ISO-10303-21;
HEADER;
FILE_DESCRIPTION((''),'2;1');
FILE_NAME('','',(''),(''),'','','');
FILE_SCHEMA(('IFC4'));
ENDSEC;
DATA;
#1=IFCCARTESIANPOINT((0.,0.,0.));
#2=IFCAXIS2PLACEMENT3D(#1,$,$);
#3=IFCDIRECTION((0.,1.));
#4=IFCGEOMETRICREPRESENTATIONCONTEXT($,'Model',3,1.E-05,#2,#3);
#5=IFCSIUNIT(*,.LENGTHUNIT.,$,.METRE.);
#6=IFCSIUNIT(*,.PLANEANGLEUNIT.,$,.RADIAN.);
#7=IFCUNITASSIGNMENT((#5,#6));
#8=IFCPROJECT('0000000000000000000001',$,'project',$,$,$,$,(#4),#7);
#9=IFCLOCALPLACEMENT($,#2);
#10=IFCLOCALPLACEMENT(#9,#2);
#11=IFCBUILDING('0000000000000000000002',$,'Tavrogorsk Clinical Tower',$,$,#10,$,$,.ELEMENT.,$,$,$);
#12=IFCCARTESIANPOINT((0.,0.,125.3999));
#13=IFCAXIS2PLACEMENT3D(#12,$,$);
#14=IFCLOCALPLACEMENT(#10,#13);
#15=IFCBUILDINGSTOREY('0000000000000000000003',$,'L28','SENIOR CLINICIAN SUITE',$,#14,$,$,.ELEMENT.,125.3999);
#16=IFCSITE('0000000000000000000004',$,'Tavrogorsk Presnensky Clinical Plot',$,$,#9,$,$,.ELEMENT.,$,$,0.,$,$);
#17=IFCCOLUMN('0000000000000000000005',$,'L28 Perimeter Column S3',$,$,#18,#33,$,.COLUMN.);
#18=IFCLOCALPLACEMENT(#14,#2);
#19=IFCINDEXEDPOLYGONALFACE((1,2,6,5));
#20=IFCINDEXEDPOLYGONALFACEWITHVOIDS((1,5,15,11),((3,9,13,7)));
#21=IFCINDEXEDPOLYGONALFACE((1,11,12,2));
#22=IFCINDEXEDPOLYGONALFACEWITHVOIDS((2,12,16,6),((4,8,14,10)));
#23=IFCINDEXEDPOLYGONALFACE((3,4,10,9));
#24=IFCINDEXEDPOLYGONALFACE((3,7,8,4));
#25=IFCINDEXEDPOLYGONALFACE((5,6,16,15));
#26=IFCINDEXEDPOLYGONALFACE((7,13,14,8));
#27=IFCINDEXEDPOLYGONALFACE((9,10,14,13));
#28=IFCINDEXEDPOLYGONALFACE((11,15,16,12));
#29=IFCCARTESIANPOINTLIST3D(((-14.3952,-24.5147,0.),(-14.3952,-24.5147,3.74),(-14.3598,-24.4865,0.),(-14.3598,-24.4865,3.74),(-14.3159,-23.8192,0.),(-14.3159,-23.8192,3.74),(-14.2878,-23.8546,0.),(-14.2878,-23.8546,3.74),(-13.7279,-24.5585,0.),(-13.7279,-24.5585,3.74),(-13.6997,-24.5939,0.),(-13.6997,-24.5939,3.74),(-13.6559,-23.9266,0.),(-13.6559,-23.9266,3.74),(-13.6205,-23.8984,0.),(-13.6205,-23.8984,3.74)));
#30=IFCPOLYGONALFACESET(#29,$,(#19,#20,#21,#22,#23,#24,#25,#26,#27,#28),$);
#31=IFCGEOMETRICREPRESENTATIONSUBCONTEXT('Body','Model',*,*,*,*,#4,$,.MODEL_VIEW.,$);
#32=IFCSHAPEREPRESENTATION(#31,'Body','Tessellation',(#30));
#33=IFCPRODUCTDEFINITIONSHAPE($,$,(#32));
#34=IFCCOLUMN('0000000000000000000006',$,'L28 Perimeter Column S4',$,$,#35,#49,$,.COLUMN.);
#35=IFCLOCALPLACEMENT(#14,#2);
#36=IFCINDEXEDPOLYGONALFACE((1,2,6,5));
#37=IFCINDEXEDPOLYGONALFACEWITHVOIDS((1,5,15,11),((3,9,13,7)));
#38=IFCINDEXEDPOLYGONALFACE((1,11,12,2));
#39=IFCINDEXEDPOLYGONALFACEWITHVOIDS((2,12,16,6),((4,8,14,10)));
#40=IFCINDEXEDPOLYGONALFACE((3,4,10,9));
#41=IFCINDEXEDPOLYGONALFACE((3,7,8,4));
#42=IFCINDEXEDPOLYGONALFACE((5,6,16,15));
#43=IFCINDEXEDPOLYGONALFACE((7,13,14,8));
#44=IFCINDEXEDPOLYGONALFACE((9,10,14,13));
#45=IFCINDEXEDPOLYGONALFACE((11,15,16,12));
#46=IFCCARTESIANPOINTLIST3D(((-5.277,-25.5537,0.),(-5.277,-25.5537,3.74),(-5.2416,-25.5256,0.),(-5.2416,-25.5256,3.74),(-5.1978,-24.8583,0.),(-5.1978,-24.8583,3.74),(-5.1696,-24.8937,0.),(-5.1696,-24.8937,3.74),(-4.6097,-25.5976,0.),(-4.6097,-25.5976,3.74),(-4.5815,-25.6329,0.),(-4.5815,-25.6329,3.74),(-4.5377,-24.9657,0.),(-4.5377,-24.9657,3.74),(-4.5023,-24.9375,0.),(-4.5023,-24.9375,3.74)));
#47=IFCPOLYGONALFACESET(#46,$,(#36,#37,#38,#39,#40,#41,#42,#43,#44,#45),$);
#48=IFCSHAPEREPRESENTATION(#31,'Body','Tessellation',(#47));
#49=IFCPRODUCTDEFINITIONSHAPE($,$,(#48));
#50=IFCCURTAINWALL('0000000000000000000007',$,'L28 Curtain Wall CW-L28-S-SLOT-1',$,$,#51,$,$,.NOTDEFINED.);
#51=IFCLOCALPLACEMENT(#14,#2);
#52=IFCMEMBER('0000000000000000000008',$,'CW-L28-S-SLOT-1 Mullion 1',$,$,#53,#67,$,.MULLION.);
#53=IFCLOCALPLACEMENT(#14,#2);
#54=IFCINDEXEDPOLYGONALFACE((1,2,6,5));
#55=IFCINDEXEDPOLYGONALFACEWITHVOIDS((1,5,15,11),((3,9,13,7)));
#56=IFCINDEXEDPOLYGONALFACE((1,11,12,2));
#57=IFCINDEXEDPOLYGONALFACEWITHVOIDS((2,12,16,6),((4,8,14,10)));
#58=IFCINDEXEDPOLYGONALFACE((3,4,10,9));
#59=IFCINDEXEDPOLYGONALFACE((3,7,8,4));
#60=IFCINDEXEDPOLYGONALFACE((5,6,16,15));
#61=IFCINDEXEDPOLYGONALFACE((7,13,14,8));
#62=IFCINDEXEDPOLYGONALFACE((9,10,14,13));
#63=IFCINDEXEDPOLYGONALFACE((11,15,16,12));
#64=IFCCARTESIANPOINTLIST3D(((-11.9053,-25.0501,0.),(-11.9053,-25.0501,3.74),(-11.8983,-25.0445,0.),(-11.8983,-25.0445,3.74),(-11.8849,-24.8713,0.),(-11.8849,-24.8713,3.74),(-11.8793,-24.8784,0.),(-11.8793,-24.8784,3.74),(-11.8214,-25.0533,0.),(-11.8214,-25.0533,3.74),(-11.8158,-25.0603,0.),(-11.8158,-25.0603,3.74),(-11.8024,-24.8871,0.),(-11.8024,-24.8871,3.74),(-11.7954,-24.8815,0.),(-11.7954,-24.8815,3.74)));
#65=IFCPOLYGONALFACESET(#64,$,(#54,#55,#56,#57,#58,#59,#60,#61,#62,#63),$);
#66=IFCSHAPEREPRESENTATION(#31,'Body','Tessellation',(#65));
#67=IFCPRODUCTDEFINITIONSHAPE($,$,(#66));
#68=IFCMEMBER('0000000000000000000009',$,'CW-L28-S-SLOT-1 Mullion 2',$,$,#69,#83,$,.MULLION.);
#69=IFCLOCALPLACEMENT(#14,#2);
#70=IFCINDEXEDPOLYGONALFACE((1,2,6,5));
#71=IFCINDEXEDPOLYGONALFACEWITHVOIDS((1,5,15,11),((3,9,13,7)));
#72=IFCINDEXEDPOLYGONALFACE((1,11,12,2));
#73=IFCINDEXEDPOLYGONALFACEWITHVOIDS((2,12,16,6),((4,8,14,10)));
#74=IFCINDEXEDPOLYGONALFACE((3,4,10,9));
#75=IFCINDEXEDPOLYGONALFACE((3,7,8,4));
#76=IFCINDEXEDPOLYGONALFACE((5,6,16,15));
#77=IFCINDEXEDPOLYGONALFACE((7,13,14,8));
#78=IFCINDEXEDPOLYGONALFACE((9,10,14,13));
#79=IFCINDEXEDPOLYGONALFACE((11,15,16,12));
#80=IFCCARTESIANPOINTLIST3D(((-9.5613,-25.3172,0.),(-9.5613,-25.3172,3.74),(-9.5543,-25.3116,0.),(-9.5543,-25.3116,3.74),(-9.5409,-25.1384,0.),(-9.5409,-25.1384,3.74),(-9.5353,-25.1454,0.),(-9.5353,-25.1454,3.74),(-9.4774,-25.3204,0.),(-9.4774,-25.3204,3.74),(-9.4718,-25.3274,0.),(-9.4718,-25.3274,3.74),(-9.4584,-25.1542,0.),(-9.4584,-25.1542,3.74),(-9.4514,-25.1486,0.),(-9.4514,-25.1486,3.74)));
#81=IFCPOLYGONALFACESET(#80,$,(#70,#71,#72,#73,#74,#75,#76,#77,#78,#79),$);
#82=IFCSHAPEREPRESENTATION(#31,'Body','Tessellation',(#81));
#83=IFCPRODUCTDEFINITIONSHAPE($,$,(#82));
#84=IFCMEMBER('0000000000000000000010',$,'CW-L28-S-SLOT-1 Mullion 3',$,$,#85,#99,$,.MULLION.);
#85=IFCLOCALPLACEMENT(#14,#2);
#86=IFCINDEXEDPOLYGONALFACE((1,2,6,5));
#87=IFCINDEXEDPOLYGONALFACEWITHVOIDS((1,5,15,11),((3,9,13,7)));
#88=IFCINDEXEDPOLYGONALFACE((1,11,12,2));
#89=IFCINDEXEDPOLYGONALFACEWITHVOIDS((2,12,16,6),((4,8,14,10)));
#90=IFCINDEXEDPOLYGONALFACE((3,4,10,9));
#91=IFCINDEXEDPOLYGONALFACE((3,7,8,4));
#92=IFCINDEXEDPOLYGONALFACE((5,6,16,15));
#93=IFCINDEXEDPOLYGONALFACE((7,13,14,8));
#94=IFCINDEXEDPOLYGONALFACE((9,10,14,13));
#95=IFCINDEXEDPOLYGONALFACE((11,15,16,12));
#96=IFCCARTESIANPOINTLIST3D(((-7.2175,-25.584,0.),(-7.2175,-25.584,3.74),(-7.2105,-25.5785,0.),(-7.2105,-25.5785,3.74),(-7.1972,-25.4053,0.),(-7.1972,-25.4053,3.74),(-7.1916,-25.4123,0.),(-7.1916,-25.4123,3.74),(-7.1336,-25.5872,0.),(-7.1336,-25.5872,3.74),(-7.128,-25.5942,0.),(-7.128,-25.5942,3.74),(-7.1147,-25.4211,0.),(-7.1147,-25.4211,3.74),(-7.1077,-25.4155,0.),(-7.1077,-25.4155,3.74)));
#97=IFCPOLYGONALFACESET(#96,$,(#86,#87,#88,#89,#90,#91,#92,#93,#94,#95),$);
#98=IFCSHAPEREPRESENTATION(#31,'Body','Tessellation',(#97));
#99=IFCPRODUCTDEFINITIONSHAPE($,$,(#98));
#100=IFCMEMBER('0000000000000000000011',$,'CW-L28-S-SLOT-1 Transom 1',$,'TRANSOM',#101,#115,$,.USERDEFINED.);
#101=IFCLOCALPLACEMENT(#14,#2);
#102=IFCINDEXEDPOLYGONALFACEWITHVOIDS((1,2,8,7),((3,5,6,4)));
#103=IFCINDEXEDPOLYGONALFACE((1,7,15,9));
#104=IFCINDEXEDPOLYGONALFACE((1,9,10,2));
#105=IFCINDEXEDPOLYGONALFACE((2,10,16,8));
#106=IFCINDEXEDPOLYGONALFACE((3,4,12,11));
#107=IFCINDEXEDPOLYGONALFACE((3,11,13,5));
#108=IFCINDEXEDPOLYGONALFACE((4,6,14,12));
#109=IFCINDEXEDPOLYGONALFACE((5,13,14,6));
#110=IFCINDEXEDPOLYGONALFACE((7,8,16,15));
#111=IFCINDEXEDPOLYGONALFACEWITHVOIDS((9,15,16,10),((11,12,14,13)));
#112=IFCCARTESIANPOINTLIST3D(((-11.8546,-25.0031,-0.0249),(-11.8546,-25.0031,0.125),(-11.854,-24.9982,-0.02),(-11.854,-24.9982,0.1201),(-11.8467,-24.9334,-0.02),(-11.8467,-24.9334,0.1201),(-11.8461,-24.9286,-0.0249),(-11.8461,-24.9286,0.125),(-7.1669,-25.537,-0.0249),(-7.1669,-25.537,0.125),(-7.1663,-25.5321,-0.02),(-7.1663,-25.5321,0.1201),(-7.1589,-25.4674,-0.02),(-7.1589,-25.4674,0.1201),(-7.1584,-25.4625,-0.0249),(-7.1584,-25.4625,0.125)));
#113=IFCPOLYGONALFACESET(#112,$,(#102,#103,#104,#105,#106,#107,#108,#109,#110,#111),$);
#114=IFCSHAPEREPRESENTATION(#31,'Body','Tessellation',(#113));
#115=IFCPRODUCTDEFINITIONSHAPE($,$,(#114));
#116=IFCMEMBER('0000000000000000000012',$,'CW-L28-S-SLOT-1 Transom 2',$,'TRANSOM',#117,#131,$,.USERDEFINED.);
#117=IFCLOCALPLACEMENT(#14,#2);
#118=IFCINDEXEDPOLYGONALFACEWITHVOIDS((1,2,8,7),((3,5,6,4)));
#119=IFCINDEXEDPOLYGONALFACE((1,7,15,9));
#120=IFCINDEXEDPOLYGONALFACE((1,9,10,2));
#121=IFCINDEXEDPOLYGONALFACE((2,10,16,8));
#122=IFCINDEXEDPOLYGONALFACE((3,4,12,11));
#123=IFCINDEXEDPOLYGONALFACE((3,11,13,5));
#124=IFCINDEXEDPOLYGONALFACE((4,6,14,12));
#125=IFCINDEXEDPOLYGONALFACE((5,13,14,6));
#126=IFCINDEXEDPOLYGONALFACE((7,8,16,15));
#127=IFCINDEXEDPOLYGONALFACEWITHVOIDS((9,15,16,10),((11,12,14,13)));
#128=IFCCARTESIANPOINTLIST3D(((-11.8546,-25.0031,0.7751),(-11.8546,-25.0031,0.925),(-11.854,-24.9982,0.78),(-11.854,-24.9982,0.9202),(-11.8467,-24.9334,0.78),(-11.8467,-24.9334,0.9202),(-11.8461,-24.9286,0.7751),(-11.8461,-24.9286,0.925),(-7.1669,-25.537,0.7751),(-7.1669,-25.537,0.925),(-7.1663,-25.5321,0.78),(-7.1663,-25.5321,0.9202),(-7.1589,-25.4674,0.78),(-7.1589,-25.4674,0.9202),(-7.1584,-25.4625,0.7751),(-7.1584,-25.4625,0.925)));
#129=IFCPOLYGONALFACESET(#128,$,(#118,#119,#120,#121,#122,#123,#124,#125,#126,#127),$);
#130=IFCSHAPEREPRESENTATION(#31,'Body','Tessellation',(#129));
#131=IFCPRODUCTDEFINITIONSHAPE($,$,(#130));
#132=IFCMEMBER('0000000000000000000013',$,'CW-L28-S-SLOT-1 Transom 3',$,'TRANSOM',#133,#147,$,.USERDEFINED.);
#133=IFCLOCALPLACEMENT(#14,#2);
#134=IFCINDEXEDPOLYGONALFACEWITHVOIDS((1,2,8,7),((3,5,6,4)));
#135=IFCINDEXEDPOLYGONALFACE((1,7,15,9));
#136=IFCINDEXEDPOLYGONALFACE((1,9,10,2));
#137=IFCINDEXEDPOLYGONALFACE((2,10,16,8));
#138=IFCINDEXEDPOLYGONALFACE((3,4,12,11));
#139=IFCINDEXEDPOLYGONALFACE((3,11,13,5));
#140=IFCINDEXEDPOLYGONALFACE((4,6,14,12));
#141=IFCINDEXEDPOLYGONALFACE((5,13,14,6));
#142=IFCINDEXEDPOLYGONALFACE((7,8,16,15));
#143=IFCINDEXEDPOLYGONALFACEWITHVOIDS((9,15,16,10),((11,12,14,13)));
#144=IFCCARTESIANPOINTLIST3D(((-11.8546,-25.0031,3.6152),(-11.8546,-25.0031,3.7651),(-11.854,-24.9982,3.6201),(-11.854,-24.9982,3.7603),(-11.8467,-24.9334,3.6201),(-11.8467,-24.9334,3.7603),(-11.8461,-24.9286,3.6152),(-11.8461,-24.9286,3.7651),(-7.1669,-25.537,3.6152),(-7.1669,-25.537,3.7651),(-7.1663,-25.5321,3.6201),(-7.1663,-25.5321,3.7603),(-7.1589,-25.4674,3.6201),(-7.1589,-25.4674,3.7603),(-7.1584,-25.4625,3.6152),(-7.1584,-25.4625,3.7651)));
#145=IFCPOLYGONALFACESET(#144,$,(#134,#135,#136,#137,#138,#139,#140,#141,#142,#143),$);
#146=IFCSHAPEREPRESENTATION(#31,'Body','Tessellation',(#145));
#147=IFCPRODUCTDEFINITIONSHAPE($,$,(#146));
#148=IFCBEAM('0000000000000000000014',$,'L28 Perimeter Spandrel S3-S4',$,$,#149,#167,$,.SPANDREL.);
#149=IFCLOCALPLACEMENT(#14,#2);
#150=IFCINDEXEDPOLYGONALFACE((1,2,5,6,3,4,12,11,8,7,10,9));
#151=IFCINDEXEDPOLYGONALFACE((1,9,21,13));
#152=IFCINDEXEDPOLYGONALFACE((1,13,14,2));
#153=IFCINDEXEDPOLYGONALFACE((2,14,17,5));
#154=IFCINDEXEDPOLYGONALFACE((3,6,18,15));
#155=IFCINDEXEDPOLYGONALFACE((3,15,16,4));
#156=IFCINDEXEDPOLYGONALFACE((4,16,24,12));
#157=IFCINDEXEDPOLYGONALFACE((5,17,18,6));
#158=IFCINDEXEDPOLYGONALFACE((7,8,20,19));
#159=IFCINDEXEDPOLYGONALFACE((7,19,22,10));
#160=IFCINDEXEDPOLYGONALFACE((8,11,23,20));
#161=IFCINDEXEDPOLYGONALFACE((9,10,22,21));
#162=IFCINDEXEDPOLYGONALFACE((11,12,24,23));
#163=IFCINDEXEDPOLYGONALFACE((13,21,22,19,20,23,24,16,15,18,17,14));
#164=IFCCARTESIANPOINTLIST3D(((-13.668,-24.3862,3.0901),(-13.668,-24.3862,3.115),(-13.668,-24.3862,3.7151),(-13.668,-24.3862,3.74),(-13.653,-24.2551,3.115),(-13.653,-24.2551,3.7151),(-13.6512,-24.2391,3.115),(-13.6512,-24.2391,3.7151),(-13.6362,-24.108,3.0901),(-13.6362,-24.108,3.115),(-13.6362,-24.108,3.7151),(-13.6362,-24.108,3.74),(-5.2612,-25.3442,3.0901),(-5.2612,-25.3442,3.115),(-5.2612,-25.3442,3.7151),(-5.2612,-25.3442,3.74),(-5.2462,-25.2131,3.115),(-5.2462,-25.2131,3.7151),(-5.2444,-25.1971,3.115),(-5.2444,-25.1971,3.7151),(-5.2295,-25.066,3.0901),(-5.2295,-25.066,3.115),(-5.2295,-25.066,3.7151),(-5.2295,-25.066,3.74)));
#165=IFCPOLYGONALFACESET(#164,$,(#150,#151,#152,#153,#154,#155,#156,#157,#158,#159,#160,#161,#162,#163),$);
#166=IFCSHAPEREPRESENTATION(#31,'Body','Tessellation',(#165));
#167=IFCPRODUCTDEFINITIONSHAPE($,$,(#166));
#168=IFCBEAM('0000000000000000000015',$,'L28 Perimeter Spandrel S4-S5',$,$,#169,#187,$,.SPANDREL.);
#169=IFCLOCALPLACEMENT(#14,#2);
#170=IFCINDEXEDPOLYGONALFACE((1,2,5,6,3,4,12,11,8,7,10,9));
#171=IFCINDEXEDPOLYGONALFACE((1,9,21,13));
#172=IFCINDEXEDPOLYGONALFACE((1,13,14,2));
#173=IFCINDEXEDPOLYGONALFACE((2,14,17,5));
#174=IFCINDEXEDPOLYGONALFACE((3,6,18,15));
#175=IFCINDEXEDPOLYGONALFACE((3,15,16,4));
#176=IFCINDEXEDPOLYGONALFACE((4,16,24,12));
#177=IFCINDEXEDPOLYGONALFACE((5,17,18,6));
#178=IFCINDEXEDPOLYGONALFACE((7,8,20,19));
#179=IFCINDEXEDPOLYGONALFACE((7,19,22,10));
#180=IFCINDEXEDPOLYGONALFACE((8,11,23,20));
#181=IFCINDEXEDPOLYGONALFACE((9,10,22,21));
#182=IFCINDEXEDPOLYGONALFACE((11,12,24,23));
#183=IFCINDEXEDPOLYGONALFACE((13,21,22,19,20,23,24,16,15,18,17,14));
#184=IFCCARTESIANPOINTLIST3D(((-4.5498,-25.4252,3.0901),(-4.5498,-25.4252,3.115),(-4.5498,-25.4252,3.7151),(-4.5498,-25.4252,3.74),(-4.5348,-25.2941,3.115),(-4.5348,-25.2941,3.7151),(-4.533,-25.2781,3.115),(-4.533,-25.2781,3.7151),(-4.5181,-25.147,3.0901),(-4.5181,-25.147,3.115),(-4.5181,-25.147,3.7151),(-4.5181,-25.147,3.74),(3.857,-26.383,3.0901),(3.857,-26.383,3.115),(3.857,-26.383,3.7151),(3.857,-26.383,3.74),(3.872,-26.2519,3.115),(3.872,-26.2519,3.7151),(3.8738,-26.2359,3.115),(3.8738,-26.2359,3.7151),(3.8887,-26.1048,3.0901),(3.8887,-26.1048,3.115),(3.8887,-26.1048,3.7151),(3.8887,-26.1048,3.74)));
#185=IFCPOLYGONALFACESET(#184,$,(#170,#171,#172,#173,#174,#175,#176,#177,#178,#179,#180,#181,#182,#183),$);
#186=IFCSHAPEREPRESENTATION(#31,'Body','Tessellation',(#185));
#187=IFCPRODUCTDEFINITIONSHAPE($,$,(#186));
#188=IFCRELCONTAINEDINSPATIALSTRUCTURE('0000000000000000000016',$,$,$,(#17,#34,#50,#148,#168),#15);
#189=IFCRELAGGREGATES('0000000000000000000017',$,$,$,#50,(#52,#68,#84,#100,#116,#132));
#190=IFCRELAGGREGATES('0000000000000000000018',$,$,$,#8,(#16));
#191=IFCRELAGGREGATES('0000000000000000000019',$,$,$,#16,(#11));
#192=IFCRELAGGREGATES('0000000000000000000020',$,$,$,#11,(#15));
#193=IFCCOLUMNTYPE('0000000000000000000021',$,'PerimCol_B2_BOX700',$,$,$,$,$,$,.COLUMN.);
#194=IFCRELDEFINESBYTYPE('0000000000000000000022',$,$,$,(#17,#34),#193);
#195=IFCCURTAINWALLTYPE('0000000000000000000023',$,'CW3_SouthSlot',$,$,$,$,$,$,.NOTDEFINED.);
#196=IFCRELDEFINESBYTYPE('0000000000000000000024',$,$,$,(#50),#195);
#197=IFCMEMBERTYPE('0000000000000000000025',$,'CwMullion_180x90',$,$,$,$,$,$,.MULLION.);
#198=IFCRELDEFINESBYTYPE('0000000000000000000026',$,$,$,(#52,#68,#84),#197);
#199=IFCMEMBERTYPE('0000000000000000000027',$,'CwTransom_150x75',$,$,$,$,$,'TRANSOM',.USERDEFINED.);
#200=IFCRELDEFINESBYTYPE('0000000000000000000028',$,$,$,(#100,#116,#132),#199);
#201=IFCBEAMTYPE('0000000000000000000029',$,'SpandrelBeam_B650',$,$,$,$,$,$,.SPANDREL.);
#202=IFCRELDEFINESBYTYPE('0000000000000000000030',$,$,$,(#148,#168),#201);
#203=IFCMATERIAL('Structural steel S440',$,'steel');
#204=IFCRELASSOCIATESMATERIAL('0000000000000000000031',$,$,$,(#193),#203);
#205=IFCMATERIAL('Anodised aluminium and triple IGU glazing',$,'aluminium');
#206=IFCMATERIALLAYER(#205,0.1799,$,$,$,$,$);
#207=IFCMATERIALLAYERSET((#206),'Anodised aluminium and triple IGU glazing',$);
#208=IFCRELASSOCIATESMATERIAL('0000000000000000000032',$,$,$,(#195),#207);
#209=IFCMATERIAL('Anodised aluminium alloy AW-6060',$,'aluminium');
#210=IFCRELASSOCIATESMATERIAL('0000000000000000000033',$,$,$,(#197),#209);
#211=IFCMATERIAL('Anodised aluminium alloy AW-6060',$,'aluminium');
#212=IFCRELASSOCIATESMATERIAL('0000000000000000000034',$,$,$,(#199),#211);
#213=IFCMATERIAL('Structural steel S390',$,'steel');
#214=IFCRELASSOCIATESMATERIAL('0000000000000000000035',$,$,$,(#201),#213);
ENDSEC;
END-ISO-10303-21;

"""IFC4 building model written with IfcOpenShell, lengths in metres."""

from ifc_helpers import new_model, si_unit, direction, frame, origin, origin_2d, place, context, subcontext, project, spatial, hollow_rectangle, i_section, extrude, material, layer, layer_set, material_profile, profile_set, type_object, element, aggregate, save


model = new_model("IFC4")

# Units and contexts
model_context = context("Model", 3, precision=1e-05, world=origin(), true_north=direction((0.0, 1.0)))
body_context = subcontext(model_context, "Body", "Model", "MODEL_VIEW")
ifc_project = project(units=[si_unit("LENGTHUNIT", "METRE"), si_unit("PLANEANGLEUNIT", "RADIAN")], contexts=[model_context])

# Site, building, storey
site_placement = place(None, origin())
site = spatial("IfcSite", under=ifc_project, at=site_placement, Name="Tavrogorsk Presnensky Clinical Plot", CompositionType="ELEMENT", RefElevation=0.0)
building_placement = place(site_placement, origin())
building = spatial("IfcBuilding", under=site, at=building_placement, Name="Tavrogorsk Clinical Tower", CompositionType="ELEMENT")
storey_placement = place(building_placement, frame((0.0, 0.0, 125.3999)))
storey = spatial("IfcBuildingStorey", under=building, at=storey_placement, Name="L28", Description="SENIOR CLINICIAN SUITE", CompositionType="ELEMENT", Elevation=125.3999)

# Columns
ifc_material_1 = material(Name="Structural steel S440", Category="steel")
ifc_material_profile_1 = material_profile(ifc_material_1, hollow_rectangle(XDim=0.7, YDim=0.7, WallThickness=0.032, at=origin_2d()), Name="BOX-700x700x32")
ifc_profile_set_1 = profile_set([ifc_material_profile_1], Name="Structural steel S440")
column_type = type_object("IfcColumnType", Name="PerimCol_B2_BOX700", PredefinedType="COLUMN", material=ifc_profile_set_1)
for number, where, z_axis, x_axis, name in (
    (1, (-14.0078, -24.2065, 0.0), (0.0, 0.0, 1.0), (0.993572, -0.113203, 0.0), "L28 Perimeter Column S3"),
    (2, (-4.8896, -25.2456, 0.0), (0.0, 0.0, 1.0), (0.993572, -0.113203, 0.0), "L28 Perimeter Column S4"),
):
    element("IfcColumn", number, at=place(storey_placement, frame(where, z_axis=z_axis, x_axis=x_axis)), inside=storey, type_object=column_type, Name=name, PredefinedType="COLUMN", context=body_context, shape_type="SweptSolid", body=[
        extrude(hollow_rectangle(XDim=0.7, YDim=0.7, WallThickness=0.032, at=origin_2d()), origin(), (0.0, 0.0, 1.0), 3.74),
    ])

# Curtain wall, members
ifc_material_2 = material(Name="Anodised aluminium and triple IGU glazing", Category="aluminium")
ifc_layer_1 = layer(ifc_material_2, 0.1799)
ifc_layer_set_1 = layer_set([ifc_layer_1], Name="Anodised aluminium and triple IGU glazing")
curtain_wall_type = type_object("IfcCurtainWallType", Name="CW3_SouthSlot", PredefinedType="NOTDEFINED", material=ifc_layer_set_1)
curtain_wall_placement = place(storey_placement, origin())
curtain_wall = element("IfcCurtainWall", 3, at=curtain_wall_placement, inside=storey, type_object=curtain_wall_type, Name="L28 Curtain Wall CW-L28-S-SLOT-1", PredefinedType="NOTDEFINED")
ifc_material_3 = material(Name="Anodised aluminium alloy AW-6060", Category="aluminium")
ifc_material_profile_2 = material_profile(ifc_material_3, hollow_rectangle(XDim=0.0901, YDim=0.1799, WallThickness=0.0063, at=origin_2d()), Name="RHS-180x90x6.3")
ifc_profile_set_2 = profile_set([ifc_material_profile_2], Name="Anodised aluminium alloy AW-6060")
member_type_1 = type_object("IfcMemberType", Name="CwMullion_180x90", PredefinedType="MULLION", material=ifc_profile_set_2)
member_1_placement = place(storey_placement, frame((-11.8503, -24.9658, 0.0), z_axis=(0.0, 0.0, 1.0), x_axis=(0.993572, -0.113203, 0.0)))
member_1 = element("IfcMember", 4, at=member_1_placement, type_object=member_type_1, Name="CW-L28-S-SLOT-1 Mullion 1", PredefinedType="MULLION", context=body_context, shape_type="SweptSolid", body=[
    extrude(hollow_rectangle(XDim=0.0901, YDim=0.1799, WallThickness=0.0063, at=origin_2d()), origin(), (0.0, 0.0, 1.0), 3.74),
])
member_2_placement = place(storey_placement, frame((-9.5063, -25.2329, 0.0), z_axis=(0.0, 0.0, 1.0), x_axis=(0.993572, -0.113203, 0.0)))
member_2 = element("IfcMember", 5, at=member_2_placement, type_object=member_type_1, Name="CW-L28-S-SLOT-1 Mullion 2", PredefinedType="MULLION", context=body_context, shape_type="SweptSolid", body=[
    extrude(hollow_rectangle(XDim=0.0901, YDim=0.1799, WallThickness=0.0063, at=origin_2d()), origin(), (0.0, 0.0, 1.0), 3.74),
])
member_3_placement = place(storey_placement, frame((-7.1626, -25.4998, 0.0), z_axis=(0.0, 0.0, 1.0), x_axis=(0.993572, -0.113203, 0.0)))
member_3 = element("IfcMember", 6, at=member_3_placement, type_object=member_type_1, Name="CW-L28-S-SLOT-1 Mullion 3", PredefinedType="MULLION", context=body_context, shape_type="SweptSolid", body=[
    extrude(hollow_rectangle(XDim=0.0901, YDim=0.1799, WallThickness=0.0063, at=origin_2d()), origin(), (0.0, 0.0, 1.0), 3.74),
])
ifc_material_4 = material(Name="Anodised aluminium alloy AW-6060", Category="aluminium")
ifc_material_profile_3 = material_profile(ifc_material_4, hollow_rectangle(XDim=0.075, YDim=0.1499, WallThickness=0.0049, at=origin_2d()), Name="RHS-150x75x5")
ifc_profile_set_3 = profile_set([ifc_material_profile_3], Name="Anodised aluminium alloy AW-6060")
member_type_2 = type_object("IfcMemberType", Name="CwTransom_150x75", ElementType="TRANSOM", PredefinedType="USERDEFINED", material=ifc_profile_set_3)
member_4_placement = place(storey_placement, frame((-11.8503, -24.9658, 0.05), z_axis=(0.993576, -0.113169, 0.0), x_axis=(0.113169, 0.993576, 0.0)))
member_4 = element("IfcMember", 7, at=member_4_placement, type_object=member_type_2, Name="CW-L28-S-SLOT-1 Transom 1", ObjectType="TRANSOM", PredefinedType="USERDEFINED", context=body_context, shape_type="SweptSolid", body=[
    extrude(hollow_rectangle(XDim=0.075, YDim=0.1499, WallThickness=0.0049, at=origin_2d()), origin(), (0.0, 0.0, 1.0), 4.718),
])
member_5_placement = place(storey_placement, frame((-11.8503, -24.9658, 0.8501), z_axis=(0.993576, -0.113169, 0.0), x_axis=(0.113169, 0.993576, 0.0)))
member_5 = element("IfcMember", 8, at=member_5_placement, type_object=member_type_2, Name="CW-L28-S-SLOT-1 Transom 2", ObjectType="TRANSOM", PredefinedType="USERDEFINED", context=body_context, shape_type="SweptSolid", body=[
    extrude(hollow_rectangle(XDim=0.075, YDim=0.1499, WallThickness=0.0049, at=origin_2d()), origin(), (0.0, 0.0, 1.0), 4.718),
])
member_6_placement = place(storey_placement, frame((-11.8503, -24.9658, 3.6902), z_axis=(0.993576, -0.113169, 0.0), x_axis=(0.113169, 0.993576, 0.0)))
member_6 = element("IfcMember", 9, at=member_6_placement, type_object=member_type_2, Name="CW-L28-S-SLOT-1 Transom 3", ObjectType="TRANSOM", PredefinedType="USERDEFINED", context=body_context, shape_type="SweptSolid", body=[
    extrude(hollow_rectangle(XDim=0.075, YDim=0.1499, WallThickness=0.0049, at=origin_2d()), origin(), (0.0, 0.0, 1.0), 4.718),
])

# Beams
ifc_material_5 = material(Name="Structural steel S390", Category="steel")
ifc_material_profile_4 = material_profile(ifc_material_5, i_section(OverallWidth=0.28, OverallDepth=0.6499, WebThickness=0.0161, FlangeThickness=0.0249, at=origin_2d()), Name="B-650x280x16x25")
ifc_profile_set_4 = profile_set([ifc_material_profile_4], Name="Structural steel S390")
beam_type = type_object("IfcBeamType", Name="SpandrelBeam_B650", PredefinedType="SPANDREL", material=ifc_profile_set_4)
for number, where, z_axis, x_axis, name in (
    (10, (-13.6521, -24.2471, 3.415), (0.993569, -0.113224, 0.0), (0.113224, 0.993569, 0.0), "L28 Perimeter Spandrel S3-S4"),
    (11, (-4.5339, -25.2861, 3.415), (0.993573, -0.113196, 0.0), (0.113196, 0.993573, 0.0), "L28 Perimeter Spandrel S4-S5"),
):
    element("IfcBeam", number, at=place(storey_placement, frame(where, z_axis=z_axis, x_axis=x_axis)), inside=storey, type_object=beam_type, Name=name, PredefinedType="SPANDREL", context=body_context, shape_type="SweptSolid", body=[
        extrude(i_section(OverallWidth=0.28, OverallDepth=0.6499, WebThickness=0.0161, FlangeThickness=0.0249, at=origin_2d()), origin(), (0.0, 0.0, 1.0), 8.4612),
    ])

aggregate(curtain_wall, [member_1, member_2, member_3, member_4, member_5, member_6])

save(model, "model.ifc")
